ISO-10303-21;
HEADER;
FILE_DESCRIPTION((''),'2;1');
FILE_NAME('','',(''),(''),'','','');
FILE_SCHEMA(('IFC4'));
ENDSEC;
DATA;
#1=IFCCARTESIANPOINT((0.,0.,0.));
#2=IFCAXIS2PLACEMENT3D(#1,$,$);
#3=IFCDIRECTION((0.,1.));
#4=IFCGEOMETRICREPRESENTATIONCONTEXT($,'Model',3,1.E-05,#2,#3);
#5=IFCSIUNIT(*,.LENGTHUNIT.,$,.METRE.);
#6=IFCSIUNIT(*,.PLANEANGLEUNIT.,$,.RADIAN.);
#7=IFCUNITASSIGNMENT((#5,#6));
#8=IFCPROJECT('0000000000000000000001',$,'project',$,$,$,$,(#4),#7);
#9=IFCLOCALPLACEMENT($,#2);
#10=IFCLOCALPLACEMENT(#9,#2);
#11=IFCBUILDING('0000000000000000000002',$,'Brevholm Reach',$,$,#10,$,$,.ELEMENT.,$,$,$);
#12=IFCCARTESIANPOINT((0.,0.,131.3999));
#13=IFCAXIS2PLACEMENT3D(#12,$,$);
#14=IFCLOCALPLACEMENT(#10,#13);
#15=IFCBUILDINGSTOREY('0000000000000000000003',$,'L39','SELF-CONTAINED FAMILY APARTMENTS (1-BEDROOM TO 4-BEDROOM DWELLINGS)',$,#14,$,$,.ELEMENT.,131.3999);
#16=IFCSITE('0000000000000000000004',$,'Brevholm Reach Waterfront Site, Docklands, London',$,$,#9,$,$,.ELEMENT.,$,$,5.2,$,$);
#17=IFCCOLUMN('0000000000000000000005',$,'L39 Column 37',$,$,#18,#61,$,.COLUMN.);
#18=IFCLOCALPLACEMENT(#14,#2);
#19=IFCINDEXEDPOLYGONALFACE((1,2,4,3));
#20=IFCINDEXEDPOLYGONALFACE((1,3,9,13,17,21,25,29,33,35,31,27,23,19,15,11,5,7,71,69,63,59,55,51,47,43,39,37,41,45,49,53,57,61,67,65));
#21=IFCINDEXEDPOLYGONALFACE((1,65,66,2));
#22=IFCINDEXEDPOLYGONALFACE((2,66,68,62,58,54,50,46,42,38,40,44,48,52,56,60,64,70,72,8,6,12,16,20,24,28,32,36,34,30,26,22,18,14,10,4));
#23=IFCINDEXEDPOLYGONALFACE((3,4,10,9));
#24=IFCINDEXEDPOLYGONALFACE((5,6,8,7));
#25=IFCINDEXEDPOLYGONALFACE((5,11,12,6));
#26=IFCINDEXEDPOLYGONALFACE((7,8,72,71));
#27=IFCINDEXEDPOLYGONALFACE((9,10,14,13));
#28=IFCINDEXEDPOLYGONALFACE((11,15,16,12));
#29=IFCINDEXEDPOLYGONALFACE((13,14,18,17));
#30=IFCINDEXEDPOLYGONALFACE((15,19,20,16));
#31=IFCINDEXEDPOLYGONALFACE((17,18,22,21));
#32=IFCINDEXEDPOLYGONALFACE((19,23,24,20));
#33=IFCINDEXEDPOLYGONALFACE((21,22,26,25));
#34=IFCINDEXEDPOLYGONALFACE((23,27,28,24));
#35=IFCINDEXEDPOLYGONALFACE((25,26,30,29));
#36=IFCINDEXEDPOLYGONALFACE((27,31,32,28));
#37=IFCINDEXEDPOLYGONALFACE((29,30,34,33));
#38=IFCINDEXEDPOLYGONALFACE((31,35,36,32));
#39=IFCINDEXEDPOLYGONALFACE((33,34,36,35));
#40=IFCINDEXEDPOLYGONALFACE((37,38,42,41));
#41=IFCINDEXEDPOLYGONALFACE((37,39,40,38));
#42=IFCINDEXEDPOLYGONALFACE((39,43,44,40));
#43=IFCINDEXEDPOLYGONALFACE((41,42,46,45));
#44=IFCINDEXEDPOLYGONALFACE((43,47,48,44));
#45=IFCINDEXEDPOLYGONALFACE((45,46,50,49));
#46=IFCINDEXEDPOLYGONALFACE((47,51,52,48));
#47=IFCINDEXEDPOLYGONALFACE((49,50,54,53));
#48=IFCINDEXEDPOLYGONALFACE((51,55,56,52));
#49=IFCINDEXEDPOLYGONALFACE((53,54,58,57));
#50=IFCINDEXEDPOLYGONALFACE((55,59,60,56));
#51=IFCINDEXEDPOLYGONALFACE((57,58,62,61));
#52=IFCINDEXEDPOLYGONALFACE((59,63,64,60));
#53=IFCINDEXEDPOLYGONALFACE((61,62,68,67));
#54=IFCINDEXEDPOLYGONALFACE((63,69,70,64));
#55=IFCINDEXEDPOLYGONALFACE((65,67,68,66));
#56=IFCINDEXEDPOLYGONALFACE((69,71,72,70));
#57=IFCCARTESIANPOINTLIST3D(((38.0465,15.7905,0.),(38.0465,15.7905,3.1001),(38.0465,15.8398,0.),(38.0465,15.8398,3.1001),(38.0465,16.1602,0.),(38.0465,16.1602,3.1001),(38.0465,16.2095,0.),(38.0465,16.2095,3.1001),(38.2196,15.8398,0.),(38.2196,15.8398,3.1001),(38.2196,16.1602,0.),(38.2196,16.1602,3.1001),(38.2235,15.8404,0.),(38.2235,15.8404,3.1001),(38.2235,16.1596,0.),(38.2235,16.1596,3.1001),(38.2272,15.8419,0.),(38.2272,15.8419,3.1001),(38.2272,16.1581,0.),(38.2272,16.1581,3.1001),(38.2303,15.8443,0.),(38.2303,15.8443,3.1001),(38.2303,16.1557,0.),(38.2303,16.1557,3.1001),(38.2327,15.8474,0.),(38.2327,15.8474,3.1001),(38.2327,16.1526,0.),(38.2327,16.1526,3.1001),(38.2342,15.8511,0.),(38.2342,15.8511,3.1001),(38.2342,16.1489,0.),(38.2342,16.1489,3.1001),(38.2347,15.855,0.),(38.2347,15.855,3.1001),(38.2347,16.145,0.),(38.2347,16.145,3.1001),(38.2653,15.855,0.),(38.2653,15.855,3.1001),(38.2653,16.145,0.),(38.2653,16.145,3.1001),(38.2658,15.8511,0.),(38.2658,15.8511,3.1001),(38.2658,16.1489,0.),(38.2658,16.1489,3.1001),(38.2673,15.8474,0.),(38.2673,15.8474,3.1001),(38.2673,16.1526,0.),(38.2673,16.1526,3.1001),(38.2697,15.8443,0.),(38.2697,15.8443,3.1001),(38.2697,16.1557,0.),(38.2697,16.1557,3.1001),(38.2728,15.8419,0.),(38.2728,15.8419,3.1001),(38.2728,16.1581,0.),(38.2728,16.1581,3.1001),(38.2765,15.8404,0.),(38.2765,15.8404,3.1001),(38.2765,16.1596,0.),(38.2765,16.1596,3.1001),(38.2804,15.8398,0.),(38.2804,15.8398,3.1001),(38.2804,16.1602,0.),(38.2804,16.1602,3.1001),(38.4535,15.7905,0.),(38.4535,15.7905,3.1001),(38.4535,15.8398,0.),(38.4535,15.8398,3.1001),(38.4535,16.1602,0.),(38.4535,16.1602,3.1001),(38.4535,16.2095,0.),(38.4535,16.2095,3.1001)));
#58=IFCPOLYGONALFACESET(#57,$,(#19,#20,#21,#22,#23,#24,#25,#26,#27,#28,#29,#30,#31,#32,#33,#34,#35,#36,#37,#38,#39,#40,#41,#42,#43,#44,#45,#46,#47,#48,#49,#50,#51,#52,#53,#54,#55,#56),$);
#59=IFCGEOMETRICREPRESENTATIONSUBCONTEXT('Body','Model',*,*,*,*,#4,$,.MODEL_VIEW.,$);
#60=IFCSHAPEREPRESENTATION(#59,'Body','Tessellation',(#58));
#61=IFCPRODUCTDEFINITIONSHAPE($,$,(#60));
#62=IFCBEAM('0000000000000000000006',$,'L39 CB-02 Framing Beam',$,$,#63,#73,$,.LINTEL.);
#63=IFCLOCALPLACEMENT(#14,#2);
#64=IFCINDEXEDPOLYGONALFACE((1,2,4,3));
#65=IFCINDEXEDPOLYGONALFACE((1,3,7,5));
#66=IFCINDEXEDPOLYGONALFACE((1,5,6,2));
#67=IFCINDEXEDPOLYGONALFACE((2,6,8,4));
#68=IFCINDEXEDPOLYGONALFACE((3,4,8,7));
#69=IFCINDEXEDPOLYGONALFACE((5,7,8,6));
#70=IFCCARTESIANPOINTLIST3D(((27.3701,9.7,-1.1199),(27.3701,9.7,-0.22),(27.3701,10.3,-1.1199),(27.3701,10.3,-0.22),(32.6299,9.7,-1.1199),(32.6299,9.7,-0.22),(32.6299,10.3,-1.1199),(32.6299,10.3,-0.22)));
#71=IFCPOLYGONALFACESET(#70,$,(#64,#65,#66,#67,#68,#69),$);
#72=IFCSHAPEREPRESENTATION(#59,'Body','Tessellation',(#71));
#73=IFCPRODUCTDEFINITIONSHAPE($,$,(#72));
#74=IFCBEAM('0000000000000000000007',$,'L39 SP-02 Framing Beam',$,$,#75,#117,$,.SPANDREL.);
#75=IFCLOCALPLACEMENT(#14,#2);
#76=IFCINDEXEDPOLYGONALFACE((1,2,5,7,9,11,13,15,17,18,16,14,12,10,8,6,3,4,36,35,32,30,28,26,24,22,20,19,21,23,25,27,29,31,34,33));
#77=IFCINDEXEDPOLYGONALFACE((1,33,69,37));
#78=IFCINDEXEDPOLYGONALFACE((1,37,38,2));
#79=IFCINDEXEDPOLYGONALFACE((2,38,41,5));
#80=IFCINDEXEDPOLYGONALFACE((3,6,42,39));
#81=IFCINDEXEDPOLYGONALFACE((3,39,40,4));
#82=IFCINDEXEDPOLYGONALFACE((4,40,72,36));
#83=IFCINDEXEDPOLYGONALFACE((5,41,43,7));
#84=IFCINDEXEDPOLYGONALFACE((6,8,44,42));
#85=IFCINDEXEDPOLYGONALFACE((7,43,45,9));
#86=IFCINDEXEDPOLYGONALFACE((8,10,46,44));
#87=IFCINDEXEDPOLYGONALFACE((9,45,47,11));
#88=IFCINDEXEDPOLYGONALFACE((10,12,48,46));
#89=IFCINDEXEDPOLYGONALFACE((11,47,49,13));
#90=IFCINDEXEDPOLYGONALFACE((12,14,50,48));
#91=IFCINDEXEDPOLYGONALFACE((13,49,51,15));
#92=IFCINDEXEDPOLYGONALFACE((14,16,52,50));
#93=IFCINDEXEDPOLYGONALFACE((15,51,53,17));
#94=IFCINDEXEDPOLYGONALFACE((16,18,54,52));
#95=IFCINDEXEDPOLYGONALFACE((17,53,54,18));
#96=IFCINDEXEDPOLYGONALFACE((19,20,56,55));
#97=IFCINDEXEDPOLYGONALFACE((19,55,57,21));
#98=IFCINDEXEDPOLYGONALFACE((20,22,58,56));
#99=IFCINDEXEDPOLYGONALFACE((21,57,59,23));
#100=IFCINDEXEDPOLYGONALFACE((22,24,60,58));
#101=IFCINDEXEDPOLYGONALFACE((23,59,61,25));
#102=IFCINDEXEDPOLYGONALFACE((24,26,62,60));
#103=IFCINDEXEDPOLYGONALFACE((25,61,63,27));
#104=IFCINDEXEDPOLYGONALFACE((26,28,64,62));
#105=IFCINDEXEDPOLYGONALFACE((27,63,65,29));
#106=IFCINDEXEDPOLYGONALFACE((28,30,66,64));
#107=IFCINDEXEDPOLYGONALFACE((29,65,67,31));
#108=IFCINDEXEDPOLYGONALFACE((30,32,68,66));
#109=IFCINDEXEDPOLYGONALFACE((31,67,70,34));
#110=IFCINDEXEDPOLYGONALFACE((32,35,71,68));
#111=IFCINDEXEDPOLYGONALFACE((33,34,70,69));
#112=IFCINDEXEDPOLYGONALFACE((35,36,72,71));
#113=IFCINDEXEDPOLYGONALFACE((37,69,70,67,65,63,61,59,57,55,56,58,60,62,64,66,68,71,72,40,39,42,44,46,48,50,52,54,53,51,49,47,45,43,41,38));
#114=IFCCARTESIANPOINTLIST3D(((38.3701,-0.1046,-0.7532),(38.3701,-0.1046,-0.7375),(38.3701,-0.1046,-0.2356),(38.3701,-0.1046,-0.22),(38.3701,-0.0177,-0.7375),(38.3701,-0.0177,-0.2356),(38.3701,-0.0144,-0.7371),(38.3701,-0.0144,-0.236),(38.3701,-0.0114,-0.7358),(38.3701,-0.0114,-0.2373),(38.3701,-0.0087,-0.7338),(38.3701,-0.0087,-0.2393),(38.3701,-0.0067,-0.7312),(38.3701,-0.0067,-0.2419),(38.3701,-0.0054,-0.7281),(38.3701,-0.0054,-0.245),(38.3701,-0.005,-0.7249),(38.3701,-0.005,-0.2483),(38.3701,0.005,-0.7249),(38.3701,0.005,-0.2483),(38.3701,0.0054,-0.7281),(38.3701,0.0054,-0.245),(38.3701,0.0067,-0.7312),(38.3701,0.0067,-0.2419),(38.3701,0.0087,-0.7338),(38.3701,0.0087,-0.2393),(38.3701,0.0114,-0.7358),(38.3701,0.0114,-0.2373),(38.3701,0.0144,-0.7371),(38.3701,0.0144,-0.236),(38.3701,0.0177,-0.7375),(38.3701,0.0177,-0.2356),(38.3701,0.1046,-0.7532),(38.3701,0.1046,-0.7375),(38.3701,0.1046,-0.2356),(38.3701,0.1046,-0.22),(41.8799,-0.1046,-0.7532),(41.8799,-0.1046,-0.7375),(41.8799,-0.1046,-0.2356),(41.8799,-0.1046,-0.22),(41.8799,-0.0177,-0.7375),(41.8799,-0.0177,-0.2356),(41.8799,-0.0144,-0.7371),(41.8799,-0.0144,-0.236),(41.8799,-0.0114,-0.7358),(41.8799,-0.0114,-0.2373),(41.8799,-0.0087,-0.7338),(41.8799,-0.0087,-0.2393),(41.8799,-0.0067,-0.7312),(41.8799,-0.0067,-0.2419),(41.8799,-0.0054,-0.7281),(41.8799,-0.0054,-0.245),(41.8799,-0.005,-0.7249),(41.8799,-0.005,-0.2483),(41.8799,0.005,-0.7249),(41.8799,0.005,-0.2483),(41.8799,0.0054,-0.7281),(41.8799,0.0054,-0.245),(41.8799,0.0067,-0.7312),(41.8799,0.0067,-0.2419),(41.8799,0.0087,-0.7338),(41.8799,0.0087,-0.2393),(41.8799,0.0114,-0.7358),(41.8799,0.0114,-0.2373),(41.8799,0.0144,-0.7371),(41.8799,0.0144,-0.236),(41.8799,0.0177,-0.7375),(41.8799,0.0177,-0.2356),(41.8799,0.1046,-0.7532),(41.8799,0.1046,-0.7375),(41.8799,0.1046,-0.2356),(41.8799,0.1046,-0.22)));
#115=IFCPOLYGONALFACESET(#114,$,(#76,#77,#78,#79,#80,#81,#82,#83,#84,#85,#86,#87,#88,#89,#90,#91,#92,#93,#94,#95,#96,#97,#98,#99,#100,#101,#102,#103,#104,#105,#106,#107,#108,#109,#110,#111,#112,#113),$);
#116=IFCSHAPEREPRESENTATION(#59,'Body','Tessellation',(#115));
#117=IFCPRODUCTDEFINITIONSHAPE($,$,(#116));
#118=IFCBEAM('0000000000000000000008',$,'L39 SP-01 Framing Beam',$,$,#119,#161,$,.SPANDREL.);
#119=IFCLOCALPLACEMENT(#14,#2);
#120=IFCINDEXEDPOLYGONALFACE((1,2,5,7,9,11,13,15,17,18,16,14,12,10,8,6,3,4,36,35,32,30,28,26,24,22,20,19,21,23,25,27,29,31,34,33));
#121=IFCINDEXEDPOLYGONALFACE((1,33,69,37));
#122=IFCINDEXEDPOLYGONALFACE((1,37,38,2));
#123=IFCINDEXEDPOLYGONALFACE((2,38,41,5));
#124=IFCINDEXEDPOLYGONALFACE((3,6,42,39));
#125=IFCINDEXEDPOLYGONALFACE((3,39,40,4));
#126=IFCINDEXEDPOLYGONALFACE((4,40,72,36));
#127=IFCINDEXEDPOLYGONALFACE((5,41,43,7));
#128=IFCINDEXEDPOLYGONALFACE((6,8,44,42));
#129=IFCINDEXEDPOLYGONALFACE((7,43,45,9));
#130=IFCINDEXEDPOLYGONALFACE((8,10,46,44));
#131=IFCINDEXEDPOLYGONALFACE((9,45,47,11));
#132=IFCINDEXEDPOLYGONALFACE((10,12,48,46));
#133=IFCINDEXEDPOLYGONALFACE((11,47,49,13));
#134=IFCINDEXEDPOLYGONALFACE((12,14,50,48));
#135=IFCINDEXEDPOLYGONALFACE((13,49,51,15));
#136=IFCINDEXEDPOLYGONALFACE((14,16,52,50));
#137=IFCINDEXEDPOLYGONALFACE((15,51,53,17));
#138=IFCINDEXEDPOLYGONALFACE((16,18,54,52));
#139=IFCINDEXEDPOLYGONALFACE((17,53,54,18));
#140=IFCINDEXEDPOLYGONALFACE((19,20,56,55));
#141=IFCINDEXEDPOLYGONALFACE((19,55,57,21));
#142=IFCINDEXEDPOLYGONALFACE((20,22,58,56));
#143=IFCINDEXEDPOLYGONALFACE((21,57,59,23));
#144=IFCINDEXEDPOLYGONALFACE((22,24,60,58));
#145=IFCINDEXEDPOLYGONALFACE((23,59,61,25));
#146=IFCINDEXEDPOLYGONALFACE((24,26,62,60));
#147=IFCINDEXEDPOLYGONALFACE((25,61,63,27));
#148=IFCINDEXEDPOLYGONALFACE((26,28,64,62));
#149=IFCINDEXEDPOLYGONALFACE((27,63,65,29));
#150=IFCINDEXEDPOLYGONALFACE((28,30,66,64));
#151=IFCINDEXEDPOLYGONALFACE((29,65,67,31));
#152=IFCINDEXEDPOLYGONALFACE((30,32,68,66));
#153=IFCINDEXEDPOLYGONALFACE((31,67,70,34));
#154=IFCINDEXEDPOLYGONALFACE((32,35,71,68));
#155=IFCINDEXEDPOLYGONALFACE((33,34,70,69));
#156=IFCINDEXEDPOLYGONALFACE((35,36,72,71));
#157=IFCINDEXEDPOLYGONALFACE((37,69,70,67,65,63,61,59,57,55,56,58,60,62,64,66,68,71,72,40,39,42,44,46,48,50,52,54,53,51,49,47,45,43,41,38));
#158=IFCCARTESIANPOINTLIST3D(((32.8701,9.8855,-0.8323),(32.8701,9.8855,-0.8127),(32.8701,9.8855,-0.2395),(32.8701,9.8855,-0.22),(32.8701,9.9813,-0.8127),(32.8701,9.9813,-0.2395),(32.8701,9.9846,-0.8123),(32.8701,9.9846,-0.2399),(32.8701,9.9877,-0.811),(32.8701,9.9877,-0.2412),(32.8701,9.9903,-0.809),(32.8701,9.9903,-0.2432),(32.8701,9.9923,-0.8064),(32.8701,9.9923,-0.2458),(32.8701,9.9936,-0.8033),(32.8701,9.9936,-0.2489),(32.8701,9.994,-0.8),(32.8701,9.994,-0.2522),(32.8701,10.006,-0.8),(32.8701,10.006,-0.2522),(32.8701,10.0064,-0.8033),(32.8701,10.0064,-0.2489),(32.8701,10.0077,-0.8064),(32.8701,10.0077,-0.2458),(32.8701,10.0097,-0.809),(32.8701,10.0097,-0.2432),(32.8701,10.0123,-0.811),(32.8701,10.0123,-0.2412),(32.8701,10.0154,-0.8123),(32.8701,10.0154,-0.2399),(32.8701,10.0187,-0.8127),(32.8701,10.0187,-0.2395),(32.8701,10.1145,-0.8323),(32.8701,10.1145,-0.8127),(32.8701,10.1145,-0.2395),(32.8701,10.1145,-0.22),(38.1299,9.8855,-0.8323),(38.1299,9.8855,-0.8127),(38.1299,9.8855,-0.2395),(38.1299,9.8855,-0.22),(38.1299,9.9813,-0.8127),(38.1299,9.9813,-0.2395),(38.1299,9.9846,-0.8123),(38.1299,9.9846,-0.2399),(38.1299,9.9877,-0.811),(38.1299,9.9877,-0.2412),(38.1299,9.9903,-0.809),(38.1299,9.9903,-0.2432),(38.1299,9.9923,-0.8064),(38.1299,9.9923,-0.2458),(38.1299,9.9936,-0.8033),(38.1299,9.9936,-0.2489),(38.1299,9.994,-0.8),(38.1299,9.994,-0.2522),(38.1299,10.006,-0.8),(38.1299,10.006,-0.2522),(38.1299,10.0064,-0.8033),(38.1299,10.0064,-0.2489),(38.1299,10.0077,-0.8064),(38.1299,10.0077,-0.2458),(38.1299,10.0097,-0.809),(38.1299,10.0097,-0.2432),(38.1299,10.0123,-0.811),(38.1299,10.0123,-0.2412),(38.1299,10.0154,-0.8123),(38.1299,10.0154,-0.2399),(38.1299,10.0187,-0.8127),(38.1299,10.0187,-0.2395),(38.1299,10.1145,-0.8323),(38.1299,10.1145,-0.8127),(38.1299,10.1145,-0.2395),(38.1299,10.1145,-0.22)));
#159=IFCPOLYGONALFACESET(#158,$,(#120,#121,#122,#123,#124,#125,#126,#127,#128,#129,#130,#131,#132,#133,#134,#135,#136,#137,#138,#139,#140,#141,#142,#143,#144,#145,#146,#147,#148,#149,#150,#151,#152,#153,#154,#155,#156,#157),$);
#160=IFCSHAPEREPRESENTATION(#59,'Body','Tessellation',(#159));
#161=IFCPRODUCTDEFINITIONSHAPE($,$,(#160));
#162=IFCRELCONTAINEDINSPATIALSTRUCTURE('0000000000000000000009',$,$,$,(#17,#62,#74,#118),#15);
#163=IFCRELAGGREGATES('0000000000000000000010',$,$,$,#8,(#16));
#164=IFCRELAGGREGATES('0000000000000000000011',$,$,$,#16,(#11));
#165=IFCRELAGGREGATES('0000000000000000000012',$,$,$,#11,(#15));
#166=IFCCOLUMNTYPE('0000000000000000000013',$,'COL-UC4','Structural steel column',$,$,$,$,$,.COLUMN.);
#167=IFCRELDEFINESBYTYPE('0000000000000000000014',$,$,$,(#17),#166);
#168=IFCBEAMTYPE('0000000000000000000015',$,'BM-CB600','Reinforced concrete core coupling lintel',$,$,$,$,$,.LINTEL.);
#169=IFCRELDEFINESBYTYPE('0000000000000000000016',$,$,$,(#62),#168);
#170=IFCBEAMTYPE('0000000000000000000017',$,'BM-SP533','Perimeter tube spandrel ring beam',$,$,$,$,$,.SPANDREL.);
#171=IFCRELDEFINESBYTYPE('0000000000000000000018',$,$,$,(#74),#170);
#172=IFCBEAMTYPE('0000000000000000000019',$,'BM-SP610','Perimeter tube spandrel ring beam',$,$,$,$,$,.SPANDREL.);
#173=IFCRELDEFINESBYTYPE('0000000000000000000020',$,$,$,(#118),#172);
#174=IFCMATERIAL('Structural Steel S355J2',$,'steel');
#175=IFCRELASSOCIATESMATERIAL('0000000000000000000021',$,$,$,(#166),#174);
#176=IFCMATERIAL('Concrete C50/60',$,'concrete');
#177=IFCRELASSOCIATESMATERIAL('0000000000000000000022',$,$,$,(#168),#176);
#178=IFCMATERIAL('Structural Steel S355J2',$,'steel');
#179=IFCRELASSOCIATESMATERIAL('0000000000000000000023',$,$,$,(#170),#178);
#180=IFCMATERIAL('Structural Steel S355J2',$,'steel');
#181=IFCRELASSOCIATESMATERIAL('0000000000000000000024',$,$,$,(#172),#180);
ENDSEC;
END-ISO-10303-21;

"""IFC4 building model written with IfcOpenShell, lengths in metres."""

from ifc_helpers import new_model, si_unit, direction, frame, origin, origin_2d, place, context, subcontext, project, spatial, rectangle, i_section, extrude, material, material_profile, profile_set, type_object, element, save


model = new_model("IFC4")

# Units and contexts
model_context = context("Model", 3, precision=1e-05, world=origin(), true_north=direction((0.0, 1.0)))
body_context = subcontext(model_context, "Body", "Model", "MODEL_VIEW")
ifc_project = project(units=[si_unit("LENGTHUNIT", "METRE"), si_unit("PLANEANGLEUNIT", "RADIAN")], contexts=[model_context])

# Site, building, storey
site_placement = place(None, origin())
site = spatial("IfcSite", under=ifc_project, at=site_placement, Name="Brevholm Reach Waterfront Site, Docklands, London", CompositionType="ELEMENT", RefElevation=5.2)
building_placement = place(site_placement, origin())
building = spatial("IfcBuilding", under=site, at=building_placement, Name="Brevholm Reach", CompositionType="ELEMENT")
storey_placement = place(building_placement, frame((0.0, 0.0, 131.3999)))
storey = spatial("IfcBuildingStorey", under=building, at=storey_placement, Name="L39", Description="SELF-CONTAINED FAMILY APARTMENTS (1-BEDROOM TO 4-BEDROOM DWELLINGS)", CompositionType="ELEMENT", Elevation=131.3999)

# Column
ifc_material_1 = material(Name="Structural Steel S355J2", Category="steel")
ifc_material_profile_1 = material_profile(ifc_material_1, i_section(OverallWidth=0.407, OverallDepth=0.4189, WebThickness=0.0305, FlangeThickness=0.0493, FilletRadius=0.0151, at=origin_2d()), Name="UKC 356x406x393")
ifc_profile_set_1 = profile_set([ifc_material_profile_1], Name="Structural Steel S355J2")
column_type_1 = type_object("IfcColumnType", Name="COL-UC4", Description="Structural steel column", PredefinedType="COLUMN", material=ifc_profile_set_1)
for number, where, z_axis, x_axis, name in (
    (1, (38.25, 16.0, 0.0), (0.0, 0.0, 1.0), (1.0, 0.0, 0.0), "L39 Column 37"),
):
    element("IfcColumn", number, at=place(storey_placement, frame(where, z_axis=z_axis, x_axis=x_axis)), inside=storey, type_object=column_type_1, Name=name, PredefinedType="COLUMN", context=body_context, shape_type="SweptSolid", body=[
        extrude(i_section(OverallWidth=0.407, OverallDepth=0.4189, WebThickness=0.0305, FlangeThickness=0.0493, FilletRadius=0.0151, at=origin_2d()), origin(), (0.0, 0.0, 1.0), 3.1001),
    ])

# Beams
ifc_material_2 = material(Name="Concrete C50/60", Category="concrete")
ifc_material_profile_2 = material_profile(ifc_material_2, rectangle(XDim=0.6001, YDim=0.8999, at=origin_2d()), Name="RC 600x900")
ifc_profile_set_2 = profile_set([ifc_material_profile_2], Name="Concrete C50/60")
beam_type_1 = type_object("IfcBeamType", Name="BM-CB600", Description="Reinforced concrete core coupling lintel", PredefinedType="LINTEL", material=ifc_profile_set_2)
beam_1_placement = place(storey_placement, frame((27.3701, 10.0, -0.6699), z_axis=(1.0, 0.0, 0.0), x_axis=(0.0, 1.0, 0.0)))
element("IfcBeam", 2, at=beam_1_placement, inside=storey, type_object=beam_type_1, Name="L39 CB-02 Framing Beam", PredefinedType="LINTEL", context=body_context, shape_type="SweptSolid", body=[
    extrude(rectangle(XDim=0.6001, YDim=0.8999, at=origin_2d()), origin(), (0.0, 0.0, 1.0), 5.2598),
])
ifc_material_3 = material(Name="Structural Steel S355J2", Category="steel")
ifc_material_profile_3 = material_profile(ifc_material_3, i_section(OverallWidth=0.2092, OverallDepth=0.5332, WebThickness=0.01, FlangeThickness=0.0156, FilletRadius=0.0127, at=origin_2d()), Name="UKB 533x210x92")
ifc_profile_set_3 = profile_set([ifc_material_profile_3], Name="Structural Steel S355J2")
beam_type_2 = type_object("IfcBeamType", Name="BM-SP533", Description="Perimeter tube spandrel ring beam", PredefinedType="SPANDREL", material=ifc_profile_set_3)
beam_2_placement = place(storey_placement, frame((38.3701, 0.0, -0.4866), z_axis=(1.0, 0.0, 0.0), x_axis=(0.0, 1.0, 0.0)))
element("IfcBeam", 3, at=beam_2_placement, inside=storey, type_object=beam_type_2, Name="L39 SP-02 Framing Beam", PredefinedType="SPANDREL", context=body_context, shape_type="SweptSolid", body=[
    extrude(i_section(OverallWidth=0.2092, OverallDepth=0.5332, WebThickness=0.01, FlangeThickness=0.0156, FilletRadius=0.0127, at=origin_2d()), origin(), (0.0, 0.0, 1.0), 3.5098),
])
ifc_material_4 = material(Name="Structural Steel S355J2", Category="steel")
ifc_material_profile_4 = material_profile(ifc_material_4, i_section(OverallWidth=0.229, OverallDepth=0.6123, WebThickness=0.012, FlangeThickness=0.0195, FilletRadius=0.0127, at=origin_2d()), Name="UKB 610x229x125")
ifc_profile_set_4 = profile_set([ifc_material_profile_4], Name="Structural Steel S355J2")
beam_type_3 = type_object("IfcBeamType", Name="BM-SP610", Description="Perimeter tube spandrel ring beam", PredefinedType="SPANDREL", material=ifc_profile_set_4)
beam_3_placement = place(storey_placement, frame((32.8701, 10.0, -0.5261), z_axis=(1.0, 0.0, 0.0), x_axis=(0.0, 1.0, 0.0)))
element("IfcBeam", 4, at=beam_3_placement, inside=storey, type_object=beam_type_3, Name="L39 SP-01 Framing Beam", PredefinedType="SPANDREL", context=body_context, shape_type="SweptSolid", body=[
    extrude(i_section(OverallWidth=0.229, OverallDepth=0.6123, WebThickness=0.012, FlangeThickness=0.0195, FilletRadius=0.0127, at=origin_2d()), origin(), (0.0, 0.0, 1.0), 5.2598),
])

save(model, "model.ifc")
